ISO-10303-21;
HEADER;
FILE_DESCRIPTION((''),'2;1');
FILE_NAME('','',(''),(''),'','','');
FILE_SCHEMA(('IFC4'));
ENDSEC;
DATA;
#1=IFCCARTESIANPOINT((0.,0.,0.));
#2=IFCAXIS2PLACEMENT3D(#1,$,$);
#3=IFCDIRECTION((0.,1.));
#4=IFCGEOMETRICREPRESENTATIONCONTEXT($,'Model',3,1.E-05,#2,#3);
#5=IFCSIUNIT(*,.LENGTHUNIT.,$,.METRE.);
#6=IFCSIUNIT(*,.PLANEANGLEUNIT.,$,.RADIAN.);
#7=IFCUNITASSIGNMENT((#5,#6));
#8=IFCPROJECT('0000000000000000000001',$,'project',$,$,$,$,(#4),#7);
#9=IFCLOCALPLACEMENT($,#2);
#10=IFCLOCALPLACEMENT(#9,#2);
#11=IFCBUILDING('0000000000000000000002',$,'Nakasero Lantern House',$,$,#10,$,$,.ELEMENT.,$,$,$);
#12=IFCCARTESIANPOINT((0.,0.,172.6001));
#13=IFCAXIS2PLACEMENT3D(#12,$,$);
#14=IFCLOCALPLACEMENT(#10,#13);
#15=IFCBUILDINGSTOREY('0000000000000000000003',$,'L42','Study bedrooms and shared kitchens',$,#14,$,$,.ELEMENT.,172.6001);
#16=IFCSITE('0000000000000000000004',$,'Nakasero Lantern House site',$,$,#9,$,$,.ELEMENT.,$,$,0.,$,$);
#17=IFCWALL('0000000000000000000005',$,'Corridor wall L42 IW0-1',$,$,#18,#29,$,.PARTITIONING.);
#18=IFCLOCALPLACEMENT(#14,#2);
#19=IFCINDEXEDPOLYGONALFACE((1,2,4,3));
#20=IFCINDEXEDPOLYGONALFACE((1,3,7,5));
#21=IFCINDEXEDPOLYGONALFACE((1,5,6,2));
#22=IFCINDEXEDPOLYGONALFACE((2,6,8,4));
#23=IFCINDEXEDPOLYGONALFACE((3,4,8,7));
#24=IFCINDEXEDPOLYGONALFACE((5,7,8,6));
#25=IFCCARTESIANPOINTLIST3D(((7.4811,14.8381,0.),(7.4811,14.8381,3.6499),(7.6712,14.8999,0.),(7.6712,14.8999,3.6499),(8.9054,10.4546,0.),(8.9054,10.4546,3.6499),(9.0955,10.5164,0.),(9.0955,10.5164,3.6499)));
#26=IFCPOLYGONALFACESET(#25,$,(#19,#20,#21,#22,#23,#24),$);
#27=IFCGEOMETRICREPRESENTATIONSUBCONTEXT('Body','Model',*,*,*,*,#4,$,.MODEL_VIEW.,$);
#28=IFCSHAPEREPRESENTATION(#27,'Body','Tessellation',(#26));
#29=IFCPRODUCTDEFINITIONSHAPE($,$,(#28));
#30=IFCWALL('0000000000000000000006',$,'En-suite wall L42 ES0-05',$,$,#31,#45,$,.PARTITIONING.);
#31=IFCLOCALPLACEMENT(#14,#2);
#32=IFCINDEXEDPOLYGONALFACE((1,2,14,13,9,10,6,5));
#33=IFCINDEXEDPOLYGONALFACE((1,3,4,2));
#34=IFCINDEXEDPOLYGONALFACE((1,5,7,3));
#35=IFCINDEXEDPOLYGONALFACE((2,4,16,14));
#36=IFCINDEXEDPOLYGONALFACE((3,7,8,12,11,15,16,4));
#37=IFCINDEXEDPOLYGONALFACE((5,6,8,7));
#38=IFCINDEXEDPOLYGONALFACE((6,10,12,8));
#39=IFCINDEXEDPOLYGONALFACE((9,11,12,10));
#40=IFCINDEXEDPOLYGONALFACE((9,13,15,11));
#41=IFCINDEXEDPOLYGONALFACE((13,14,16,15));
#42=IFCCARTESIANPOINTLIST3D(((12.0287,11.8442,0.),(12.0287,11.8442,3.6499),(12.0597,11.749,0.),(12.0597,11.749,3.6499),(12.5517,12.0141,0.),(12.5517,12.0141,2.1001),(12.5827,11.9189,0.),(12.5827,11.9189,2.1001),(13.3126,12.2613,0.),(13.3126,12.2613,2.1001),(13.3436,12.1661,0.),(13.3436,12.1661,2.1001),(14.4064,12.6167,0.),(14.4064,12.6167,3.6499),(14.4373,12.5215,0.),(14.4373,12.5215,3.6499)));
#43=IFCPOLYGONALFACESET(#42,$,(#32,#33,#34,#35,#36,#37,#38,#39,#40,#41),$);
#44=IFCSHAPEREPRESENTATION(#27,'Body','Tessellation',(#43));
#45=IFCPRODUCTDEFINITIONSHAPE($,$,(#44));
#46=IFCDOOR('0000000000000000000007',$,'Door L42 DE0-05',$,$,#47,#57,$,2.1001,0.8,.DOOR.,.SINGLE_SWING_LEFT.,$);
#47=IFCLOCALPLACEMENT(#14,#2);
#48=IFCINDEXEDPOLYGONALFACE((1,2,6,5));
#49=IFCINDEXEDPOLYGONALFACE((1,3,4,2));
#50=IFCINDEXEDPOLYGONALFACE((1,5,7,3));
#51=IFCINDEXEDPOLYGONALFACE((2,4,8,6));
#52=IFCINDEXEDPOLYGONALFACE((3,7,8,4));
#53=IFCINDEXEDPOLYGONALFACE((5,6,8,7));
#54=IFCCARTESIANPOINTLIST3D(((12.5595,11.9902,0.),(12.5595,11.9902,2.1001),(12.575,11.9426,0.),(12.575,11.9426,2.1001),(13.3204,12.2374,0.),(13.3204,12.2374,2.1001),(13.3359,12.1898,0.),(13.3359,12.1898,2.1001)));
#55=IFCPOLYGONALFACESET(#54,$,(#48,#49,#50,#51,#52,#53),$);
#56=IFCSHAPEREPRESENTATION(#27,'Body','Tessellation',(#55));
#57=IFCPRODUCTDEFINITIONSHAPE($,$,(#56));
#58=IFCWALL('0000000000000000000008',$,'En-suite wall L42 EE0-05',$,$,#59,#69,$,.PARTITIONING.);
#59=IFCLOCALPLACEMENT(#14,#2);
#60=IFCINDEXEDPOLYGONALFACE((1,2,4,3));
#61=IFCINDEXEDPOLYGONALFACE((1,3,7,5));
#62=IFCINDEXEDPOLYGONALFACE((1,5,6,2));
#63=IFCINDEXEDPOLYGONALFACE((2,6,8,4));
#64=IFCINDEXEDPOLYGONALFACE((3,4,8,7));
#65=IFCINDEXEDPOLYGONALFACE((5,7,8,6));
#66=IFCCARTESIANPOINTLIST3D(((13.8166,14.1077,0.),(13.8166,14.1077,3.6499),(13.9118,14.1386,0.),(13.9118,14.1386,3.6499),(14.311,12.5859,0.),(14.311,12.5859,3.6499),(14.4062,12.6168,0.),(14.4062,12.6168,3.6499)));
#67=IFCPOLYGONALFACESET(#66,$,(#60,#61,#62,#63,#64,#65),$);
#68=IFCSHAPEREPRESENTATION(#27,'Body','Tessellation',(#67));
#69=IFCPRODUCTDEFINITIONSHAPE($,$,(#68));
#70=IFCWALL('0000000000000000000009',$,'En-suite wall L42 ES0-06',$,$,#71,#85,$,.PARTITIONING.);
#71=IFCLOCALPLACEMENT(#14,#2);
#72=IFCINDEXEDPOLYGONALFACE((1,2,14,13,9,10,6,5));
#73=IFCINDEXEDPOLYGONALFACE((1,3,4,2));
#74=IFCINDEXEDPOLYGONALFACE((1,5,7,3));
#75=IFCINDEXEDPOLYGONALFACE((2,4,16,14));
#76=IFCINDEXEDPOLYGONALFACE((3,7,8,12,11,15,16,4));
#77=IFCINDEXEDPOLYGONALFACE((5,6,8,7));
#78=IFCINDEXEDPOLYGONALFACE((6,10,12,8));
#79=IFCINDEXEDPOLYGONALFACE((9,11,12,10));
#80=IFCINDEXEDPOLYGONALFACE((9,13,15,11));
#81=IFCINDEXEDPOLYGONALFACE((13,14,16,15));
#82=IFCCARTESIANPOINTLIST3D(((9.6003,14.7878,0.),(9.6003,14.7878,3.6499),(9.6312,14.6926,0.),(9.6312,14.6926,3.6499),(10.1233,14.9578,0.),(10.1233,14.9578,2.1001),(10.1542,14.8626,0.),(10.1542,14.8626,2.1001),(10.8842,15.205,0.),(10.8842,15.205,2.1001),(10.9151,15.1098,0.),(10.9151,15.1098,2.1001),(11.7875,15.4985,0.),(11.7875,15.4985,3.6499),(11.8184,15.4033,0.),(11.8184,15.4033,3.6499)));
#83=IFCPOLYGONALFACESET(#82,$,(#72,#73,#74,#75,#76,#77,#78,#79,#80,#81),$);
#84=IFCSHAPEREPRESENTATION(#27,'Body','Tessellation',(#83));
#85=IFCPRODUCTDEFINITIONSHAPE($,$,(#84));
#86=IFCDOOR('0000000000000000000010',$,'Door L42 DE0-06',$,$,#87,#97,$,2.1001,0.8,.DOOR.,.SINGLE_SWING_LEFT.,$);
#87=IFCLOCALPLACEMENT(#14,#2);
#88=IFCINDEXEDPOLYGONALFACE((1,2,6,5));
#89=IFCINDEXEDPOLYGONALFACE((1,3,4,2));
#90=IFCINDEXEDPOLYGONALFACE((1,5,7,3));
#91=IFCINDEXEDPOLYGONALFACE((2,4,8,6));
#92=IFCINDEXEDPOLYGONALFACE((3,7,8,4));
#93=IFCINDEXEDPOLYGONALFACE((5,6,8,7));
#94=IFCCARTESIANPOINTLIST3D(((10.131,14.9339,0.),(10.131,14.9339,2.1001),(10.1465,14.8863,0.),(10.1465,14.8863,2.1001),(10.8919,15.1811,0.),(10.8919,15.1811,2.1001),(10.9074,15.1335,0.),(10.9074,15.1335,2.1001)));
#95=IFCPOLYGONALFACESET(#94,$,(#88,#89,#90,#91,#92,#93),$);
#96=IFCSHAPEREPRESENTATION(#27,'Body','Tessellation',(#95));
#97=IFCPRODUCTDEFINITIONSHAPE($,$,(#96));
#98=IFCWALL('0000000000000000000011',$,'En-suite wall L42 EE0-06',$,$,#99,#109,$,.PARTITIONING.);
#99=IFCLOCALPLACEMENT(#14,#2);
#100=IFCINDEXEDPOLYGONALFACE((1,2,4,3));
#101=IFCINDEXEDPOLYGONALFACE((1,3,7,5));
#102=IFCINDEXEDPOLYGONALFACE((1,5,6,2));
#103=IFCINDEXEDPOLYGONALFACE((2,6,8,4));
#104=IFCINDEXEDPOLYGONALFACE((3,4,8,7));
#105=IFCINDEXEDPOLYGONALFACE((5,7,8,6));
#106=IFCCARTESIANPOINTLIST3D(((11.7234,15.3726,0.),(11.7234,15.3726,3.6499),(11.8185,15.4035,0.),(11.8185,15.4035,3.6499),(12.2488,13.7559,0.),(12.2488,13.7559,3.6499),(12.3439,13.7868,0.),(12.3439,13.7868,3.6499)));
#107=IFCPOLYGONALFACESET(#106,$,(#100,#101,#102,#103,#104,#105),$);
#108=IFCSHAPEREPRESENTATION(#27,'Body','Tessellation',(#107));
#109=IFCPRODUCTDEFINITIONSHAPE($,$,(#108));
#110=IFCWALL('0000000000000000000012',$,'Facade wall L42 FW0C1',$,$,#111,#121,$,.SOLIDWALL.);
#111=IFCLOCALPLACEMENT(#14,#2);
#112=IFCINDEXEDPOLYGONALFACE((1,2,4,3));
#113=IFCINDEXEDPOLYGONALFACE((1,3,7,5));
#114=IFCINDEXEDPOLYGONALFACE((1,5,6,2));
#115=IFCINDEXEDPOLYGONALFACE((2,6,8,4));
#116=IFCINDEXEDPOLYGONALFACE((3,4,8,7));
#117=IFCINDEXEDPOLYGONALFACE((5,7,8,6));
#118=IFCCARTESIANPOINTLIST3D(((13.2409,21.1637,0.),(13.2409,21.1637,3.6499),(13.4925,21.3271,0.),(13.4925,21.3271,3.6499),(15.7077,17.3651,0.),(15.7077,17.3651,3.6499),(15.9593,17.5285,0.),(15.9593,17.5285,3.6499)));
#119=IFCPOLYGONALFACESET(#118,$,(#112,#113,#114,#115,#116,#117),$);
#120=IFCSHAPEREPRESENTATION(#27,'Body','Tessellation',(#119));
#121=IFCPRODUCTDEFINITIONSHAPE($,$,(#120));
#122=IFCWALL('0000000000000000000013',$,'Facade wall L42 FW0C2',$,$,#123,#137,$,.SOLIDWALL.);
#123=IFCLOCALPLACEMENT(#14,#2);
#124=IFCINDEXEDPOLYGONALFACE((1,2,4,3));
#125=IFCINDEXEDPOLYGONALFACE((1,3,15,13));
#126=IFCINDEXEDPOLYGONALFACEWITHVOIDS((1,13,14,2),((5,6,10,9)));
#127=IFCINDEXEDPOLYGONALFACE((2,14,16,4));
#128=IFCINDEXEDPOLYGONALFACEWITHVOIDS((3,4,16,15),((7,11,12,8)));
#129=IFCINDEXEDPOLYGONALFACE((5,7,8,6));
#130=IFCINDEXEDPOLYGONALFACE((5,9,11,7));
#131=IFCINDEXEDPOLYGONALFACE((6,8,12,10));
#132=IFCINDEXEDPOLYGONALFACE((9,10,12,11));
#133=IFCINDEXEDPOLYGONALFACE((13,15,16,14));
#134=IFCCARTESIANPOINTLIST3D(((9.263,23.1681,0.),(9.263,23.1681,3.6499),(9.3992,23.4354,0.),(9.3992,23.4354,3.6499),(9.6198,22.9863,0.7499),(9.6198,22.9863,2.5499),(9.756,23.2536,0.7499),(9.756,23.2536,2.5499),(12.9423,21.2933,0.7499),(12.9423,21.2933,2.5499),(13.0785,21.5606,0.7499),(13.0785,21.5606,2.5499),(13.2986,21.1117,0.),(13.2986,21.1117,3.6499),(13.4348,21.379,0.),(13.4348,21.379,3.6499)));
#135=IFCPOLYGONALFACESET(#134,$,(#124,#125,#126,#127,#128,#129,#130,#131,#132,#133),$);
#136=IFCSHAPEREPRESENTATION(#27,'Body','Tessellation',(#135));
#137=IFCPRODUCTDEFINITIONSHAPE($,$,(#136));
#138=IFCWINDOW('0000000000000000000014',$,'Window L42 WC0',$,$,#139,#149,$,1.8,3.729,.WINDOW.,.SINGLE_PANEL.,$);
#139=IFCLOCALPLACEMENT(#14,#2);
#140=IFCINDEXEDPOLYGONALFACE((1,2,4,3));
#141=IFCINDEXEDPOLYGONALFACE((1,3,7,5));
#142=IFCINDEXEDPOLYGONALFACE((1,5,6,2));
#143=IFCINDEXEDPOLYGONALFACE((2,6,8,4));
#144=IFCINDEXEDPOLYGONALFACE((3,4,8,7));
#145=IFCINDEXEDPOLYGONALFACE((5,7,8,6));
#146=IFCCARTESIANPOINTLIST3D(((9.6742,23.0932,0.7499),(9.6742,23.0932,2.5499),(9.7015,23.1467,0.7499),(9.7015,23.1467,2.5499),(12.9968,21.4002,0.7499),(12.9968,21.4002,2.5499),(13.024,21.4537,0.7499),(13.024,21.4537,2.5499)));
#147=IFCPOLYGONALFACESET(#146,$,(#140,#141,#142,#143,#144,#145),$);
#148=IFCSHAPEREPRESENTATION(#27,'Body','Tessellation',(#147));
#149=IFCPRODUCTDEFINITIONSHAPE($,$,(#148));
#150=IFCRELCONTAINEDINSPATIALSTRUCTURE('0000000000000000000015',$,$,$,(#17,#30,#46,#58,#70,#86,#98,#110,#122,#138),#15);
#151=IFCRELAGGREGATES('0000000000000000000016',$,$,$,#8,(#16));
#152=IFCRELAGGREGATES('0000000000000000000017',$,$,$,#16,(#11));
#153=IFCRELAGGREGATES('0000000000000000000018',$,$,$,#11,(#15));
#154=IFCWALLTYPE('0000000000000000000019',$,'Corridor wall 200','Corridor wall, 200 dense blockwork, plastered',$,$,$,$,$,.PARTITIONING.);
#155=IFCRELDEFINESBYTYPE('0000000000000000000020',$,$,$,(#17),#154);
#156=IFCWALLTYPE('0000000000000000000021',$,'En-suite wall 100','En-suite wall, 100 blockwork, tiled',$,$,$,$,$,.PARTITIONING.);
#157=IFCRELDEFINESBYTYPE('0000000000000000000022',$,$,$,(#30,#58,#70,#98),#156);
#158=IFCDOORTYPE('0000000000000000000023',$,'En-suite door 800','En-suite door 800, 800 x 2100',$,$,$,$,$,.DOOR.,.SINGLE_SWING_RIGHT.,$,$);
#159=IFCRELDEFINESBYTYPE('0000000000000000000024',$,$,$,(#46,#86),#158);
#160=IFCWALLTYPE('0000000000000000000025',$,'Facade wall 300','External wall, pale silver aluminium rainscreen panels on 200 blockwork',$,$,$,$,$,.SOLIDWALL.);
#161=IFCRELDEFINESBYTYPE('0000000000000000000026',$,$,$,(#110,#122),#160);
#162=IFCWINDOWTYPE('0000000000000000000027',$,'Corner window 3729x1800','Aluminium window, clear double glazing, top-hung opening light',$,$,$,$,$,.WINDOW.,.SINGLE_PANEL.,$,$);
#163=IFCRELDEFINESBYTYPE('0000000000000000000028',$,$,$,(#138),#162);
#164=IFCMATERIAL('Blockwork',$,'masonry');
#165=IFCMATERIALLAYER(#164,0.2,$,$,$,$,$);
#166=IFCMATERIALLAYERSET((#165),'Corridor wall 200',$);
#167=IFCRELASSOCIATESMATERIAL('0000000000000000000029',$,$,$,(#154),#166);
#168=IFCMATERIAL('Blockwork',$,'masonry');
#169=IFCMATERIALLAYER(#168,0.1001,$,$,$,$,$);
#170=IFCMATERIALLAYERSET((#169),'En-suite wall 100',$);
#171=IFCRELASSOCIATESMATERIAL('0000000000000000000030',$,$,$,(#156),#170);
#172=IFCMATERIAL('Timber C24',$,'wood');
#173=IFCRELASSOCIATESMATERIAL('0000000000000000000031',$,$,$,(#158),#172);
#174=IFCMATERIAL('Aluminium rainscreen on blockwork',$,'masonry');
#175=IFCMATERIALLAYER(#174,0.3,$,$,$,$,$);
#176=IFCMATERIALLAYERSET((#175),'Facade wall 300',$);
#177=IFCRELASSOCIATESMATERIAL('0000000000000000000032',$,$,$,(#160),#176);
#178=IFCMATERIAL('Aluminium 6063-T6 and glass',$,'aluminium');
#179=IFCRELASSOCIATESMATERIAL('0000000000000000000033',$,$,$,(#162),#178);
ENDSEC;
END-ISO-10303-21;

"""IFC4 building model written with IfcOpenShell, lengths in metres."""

from ifc_helpers import new_model, si_unit, direction, frame, frame_2d, origin, place, context, subcontext, project, spatial, rectangle, extrude, material, layer, layer_set, type_object, element, fill, save


model = new_model("IFC4")

# Units and contexts
model_context = context("Model", 3, precision=1e-05, world=origin(), true_north=direction((0.0, 1.0)))
body_context = subcontext(model_context, "Body", "Model", "MODEL_VIEW")
ifc_project = project(units=[si_unit("LENGTHUNIT", "METRE"), si_unit("PLANEANGLEUNIT", "RADIAN")], contexts=[model_context])

# Site, building, storey
site_placement = place(None, origin())
site = spatial("IfcSite", under=ifc_project, at=site_placement, Name="Nakasero Lantern House site", CompositionType="ELEMENT", RefElevation=0.0)
building_placement = place(site_placement, origin())
building = spatial("IfcBuilding", under=site, at=building_placement, Name="Nakasero Lantern House", CompositionType="ELEMENT")
storey_placement = place(building_placement, frame((0.0, 0.0, 172.6001)))
storey = spatial("IfcBuildingStorey", under=building, at=storey_placement, Name="L42", Description="Study bedrooms and shared kitchens", CompositionType="ELEMENT", Elevation=172.6001)

# Wall
ifc_material_1 = material(Name="Blockwork", Category="masonry")
ifc_layer_1 = layer(ifc_material_1, 0.2)
ifc_layer_set_1 = layer_set([ifc_layer_1], Name="Corridor wall 200")
wall_type_1 = type_object("IfcWallType", Name="Corridor wall 200", Description="Corridor wall, 200 dense blockwork, plastered", PredefinedType="PARTITIONING", material=ifc_layer_set_1)
wall_1_placement = place(storey_placement, frame((9.0005, 10.4854, 0.0), z_axis=(0.0, 0.0, 1.0), x_axis=(-0.30902, 0.951055, 0.0)))
element("IfcWall", 1, at=wall_1_placement, inside=storey, type_object=wall_type_1, Name="Corridor wall L42 IW0-1", PredefinedType="PARTITIONING", context=body_context, shape_type="SweptSolid", body=[
    extrude(rectangle(XDim=4.6091, YDim=0.2, at=frame_2d((2.3047, 0.0))), origin(), (0.0, 0.0, 1.0), 3.6499),
])

# Wall, opening, door
ifc_material_2 = material(Name="Blockwork", Category="masonry")
ifc_layer_2 = layer(ifc_material_2, 0.1001)
ifc_layer_set_2 = layer_set([ifc_layer_2], Name="En-suite wall 100")
wall_type_2 = type_object("IfcWallType", Name="En-suite wall 100", Description="En-suite wall, 100 blockwork, tiled", PredefinedType="PARTITIONING", material=ifc_layer_set_2)
wall_2_placement = place(storey_placement, frame((12.0442, 11.7966, 0.0), z_axis=(0.0, 0.0, 1.0), x_axis=(0.951068, 0.308982, 0.0)))
wall_2 = element("IfcWall", 2, at=wall_2_placement, inside=storey, type_object=wall_type_2, Name="En-suite wall L42 ES0-05", PredefinedType="PARTITIONING", context=body_context, shape_type="SweptSolid", body=[
    extrude(rectangle(XDim=2.5, YDim=0.1001, at=frame_2d((1.25, 0.0))), origin(), (0.0, 0.0, 1.0), 3.6499),
])
opening_1_placement = place(wall_2_placement, frame((0.55, 0.0, 0.0)))
opening_1 = element("IfcOpeningElement", 3, at=opening_1_placement, cuts=wall_2, PredefinedType="OPENING", context=body_context, shape_type="SweptSolid", body=[
    extrude(rectangle(XDim=0.8, YDim=2.1001, at=frame_2d((0.3999, 1.05))), frame((0.0, 0.0701, 0.0), z_axis=(0.0, -1.0, 0.0), x_axis=(1.0, 0.0, 0.0)), (0.0, 0.0, 1.0), 0.1401),
])
ifc_material_3 = material(Name="Timber C24", Category="wood")
door_type_1 = type_object("IfcDoorType", Name="En-suite door 800", Description="En-suite door 800, 800 x 2100", OperationType="SINGLE_SWING_RIGHT", PredefinedType="DOOR", material=ifc_material_3)
door_1_placement = place(opening_1_placement, origin())
door_1 = element("IfcDoor", 4, at=door_1_placement, inside=storey, type_object=door_type_1, Name="Door L42 DE0-05", OperationType="SINGLE_SWING_LEFT", OverallHeight=2.1001, OverallWidth=0.8, PredefinedType="DOOR", context=body_context, shape_type="SweptSolid", body=[
    extrude(rectangle(XDim=0.8, YDim=2.1001, at=frame_2d((0.3999, 1.05))), frame((0.0, 0.0249, 0.0), z_axis=(0.0, -1.0, 0.0), x_axis=(1.0, 0.0, 0.0)), (0.0, 0.0, 1.0), 0.05),
])
fill(opening_1, door_1)

# Wall
wall_3_placement = place(storey_placement, frame((14.3586, 12.6013, 0.0), z_axis=(0.0, 0.0, 1.0), x_axis=(-0.308986, 0.951067, 0.0)))
element("IfcWall", 5, at=wall_3_placement, inside=storey, type_object=wall_type_2, Name="En-suite wall L42 EE0-05", PredefinedType="PARTITIONING", context=body_context, shape_type="SweptSolid", body=[
    extrude(rectangle(XDim=1.6001, YDim=0.1001, at=frame_2d((0.8, 0.0))), origin(), (0.0, 0.0, 1.0), 3.6499),
])

# Wall, opening, door
wall_4_placement = place(storey_placement, frame((9.6157, 14.7402, 0.0), z_axis=(0.0, 0.0, 1.0), x_axis=(0.951055, 0.309021, 0.0)))
wall_4 = element("IfcWall", 6, at=wall_4_placement, inside=storey, type_object=wall_type_2, Name="En-suite wall L42 ES0-06", PredefinedType="PARTITIONING", context=body_context, shape_type="SweptSolid", body=[
    extrude(rectangle(XDim=2.2998, YDim=0.1001, at=frame_2d((1.1499, 0.0))), origin(), (0.0, 0.0, 1.0), 3.6499),
])
opening_2_placement = place(wall_4_placement, frame((0.55, 0.0, 0.0)))
opening_2 = element("IfcOpeningElement", 7, at=opening_2_placement, cuts=wall_4, PredefinedType="OPENING", context=body_context, shape_type="SweptSolid", body=[
    extrude(rectangle(XDim=0.8, YDim=2.1001, at=frame_2d((0.3999, 1.05))), frame((0.0, 0.0701, 0.0), z_axis=(0.0, -1.0, 0.0), x_axis=(1.0, 0.0, 0.0)), (0.0, 0.0, 1.0), 0.1401),
])
door_2_placement = place(opening_2_placement, origin())
door_2 = element("IfcDoor", 8, at=door_2_placement, inside=storey, type_object=door_type_1, Name="Door L42 DE0-06", OperationType="SINGLE_SWING_LEFT", OverallHeight=2.1001, OverallWidth=0.8, PredefinedType="DOOR", context=body_context, shape_type="SweptSolid", body=[
    extrude(rectangle(XDim=0.8, YDim=2.1001, at=frame_2d((0.3999, 1.05))), frame((0.0, 0.0249, 0.0), z_axis=(0.0, -1.0, 0.0), x_axis=(1.0, 0.0, 0.0)), (0.0, 0.0, 1.0), 0.05),
])
fill(opening_2, door_2)

# Walls
wall_5_placement = place(storey_placement, frame((12.2964, 13.7712, 0.0), z_axis=(0.0, 0.0, 1.0), x_axis=(-0.309067, 0.95104, 0.0)))
element("IfcWall", 9, at=wall_5_placement, inside=storey, type_object=wall_type_2, Name="En-suite wall L42 EE0-06", PredefinedType="PARTITIONING", context=body_context, shape_type="SweptSolid", body=[
    extrude(rectangle(XDim=1.7, YDim=0.1001, at=frame_2d((0.8501, 0.0))), origin(), (0.0, 0.0, 1.0), 3.6499),
])
ifc_material_4 = material(Name="Aluminium rainscreen on blockwork", Category="masonry")
ifc_layer_3 = layer(ifc_material_4, 0.3)
ifc_layer_set_3 = layer_set([ifc_layer_3], Name="Facade wall 300")
wall_type_3 = type_object("IfcWallType", Name="Facade wall 300", Description="External wall, pale silver aluminium rainscreen panels on 200 blockwork", PredefinedType="SOLIDWALL", material=ifc_layer_set_3)
wall_6_placement = place(storey_placement, frame((15.8335, 17.4468, 0.0), z_axis=(0.0, 0.0, 1.0), x_axis=(-0.544634, 0.838674, 0.0)))
element("IfcWall", 10, at=wall_6_placement, inside=storey, type_object=wall_type_3, Name="Facade wall L42 FW0C1", PredefinedType="SOLIDWALL", context=body_context, shape_type="SweptSolid", body=[
    extrude(rectangle(XDim=4.5293, YDim=0.3, at=frame_2d((2.2646, 0.0))), origin(), (0.0, 0.0, 1.0), 3.6499),
])

# Wall, opening, window
wall_7_placement = place(storey_placement, frame((13.3667, 21.2454, 0.0), z_axis=(0.0, 0.0, 1.0), x_axis=(-0.890995, 0.454014, 0.0)))
wall_7 = element("IfcWall", 11, at=wall_7_placement, inside=storey, type_object=wall_type_3, Name="Facade wall L42 FW0C2", PredefinedType="SOLIDWALL", context=body_context, shape_type="SweptSolid", body=[
    extrude(rectangle(XDim=4.5293, YDim=0.3, at=frame_2d((2.2646, 0.0))), origin(), (0.0, 0.0, 1.0), 3.6499),
])
opening_3_placement = place(wall_7_placement, frame((0.3999, 0.0, 0.75)))
opening_3 = element("IfcOpeningElement", 12, at=opening_3_placement, cuts=wall_7, PredefinedType="OPENING", context=body_context, shape_type="SweptSolid", body=[
    extrude(rectangle(XDim=3.729, YDim=1.8, at=frame_2d((1.8645, 0.8999))), frame((0.0, 0.1699, 0.0), z_axis=(0.0, -1.0, 0.0), x_axis=(1.0, 0.0, 0.0)), (0.0, 0.0, 1.0), 0.3401),
])
ifc_material_5 = material(Name="Aluminium 6063-T6 and glass", Category="aluminium")
window_type_1 = type_object("IfcWindowType", Name="Corner window 3729x1800", Description="Aluminium window, clear double glazing, top-hung opening light", PartitioningType="SINGLE_PANEL", PredefinedType="WINDOW", material=ifc_material_5)
window_1_placement = place(opening_3_placement, origin())
window_1 = element("IfcWindow", 13, at=window_1_placement, inside=storey, type_object=window_type_1, Name="Window L42 WC0", OverallHeight=1.8, OverallWidth=3.729, PartitioningType="SINGLE_PANEL", PredefinedType="WINDOW", context=body_context, shape_type="SweptSolid", body=[
    extrude(rectangle(XDim=3.729, YDim=1.8, at=frame_2d((1.8645, 0.8999))), frame((0.0, 0.03, 0.0), z_axis=(0.0, -1.0, 0.0), x_axis=(1.0, 0.0, 0.0)), (0.0, 0.0, 1.0), 0.0601),
])
fill(opening_3, window_1)

save(model, "model.ifc")
